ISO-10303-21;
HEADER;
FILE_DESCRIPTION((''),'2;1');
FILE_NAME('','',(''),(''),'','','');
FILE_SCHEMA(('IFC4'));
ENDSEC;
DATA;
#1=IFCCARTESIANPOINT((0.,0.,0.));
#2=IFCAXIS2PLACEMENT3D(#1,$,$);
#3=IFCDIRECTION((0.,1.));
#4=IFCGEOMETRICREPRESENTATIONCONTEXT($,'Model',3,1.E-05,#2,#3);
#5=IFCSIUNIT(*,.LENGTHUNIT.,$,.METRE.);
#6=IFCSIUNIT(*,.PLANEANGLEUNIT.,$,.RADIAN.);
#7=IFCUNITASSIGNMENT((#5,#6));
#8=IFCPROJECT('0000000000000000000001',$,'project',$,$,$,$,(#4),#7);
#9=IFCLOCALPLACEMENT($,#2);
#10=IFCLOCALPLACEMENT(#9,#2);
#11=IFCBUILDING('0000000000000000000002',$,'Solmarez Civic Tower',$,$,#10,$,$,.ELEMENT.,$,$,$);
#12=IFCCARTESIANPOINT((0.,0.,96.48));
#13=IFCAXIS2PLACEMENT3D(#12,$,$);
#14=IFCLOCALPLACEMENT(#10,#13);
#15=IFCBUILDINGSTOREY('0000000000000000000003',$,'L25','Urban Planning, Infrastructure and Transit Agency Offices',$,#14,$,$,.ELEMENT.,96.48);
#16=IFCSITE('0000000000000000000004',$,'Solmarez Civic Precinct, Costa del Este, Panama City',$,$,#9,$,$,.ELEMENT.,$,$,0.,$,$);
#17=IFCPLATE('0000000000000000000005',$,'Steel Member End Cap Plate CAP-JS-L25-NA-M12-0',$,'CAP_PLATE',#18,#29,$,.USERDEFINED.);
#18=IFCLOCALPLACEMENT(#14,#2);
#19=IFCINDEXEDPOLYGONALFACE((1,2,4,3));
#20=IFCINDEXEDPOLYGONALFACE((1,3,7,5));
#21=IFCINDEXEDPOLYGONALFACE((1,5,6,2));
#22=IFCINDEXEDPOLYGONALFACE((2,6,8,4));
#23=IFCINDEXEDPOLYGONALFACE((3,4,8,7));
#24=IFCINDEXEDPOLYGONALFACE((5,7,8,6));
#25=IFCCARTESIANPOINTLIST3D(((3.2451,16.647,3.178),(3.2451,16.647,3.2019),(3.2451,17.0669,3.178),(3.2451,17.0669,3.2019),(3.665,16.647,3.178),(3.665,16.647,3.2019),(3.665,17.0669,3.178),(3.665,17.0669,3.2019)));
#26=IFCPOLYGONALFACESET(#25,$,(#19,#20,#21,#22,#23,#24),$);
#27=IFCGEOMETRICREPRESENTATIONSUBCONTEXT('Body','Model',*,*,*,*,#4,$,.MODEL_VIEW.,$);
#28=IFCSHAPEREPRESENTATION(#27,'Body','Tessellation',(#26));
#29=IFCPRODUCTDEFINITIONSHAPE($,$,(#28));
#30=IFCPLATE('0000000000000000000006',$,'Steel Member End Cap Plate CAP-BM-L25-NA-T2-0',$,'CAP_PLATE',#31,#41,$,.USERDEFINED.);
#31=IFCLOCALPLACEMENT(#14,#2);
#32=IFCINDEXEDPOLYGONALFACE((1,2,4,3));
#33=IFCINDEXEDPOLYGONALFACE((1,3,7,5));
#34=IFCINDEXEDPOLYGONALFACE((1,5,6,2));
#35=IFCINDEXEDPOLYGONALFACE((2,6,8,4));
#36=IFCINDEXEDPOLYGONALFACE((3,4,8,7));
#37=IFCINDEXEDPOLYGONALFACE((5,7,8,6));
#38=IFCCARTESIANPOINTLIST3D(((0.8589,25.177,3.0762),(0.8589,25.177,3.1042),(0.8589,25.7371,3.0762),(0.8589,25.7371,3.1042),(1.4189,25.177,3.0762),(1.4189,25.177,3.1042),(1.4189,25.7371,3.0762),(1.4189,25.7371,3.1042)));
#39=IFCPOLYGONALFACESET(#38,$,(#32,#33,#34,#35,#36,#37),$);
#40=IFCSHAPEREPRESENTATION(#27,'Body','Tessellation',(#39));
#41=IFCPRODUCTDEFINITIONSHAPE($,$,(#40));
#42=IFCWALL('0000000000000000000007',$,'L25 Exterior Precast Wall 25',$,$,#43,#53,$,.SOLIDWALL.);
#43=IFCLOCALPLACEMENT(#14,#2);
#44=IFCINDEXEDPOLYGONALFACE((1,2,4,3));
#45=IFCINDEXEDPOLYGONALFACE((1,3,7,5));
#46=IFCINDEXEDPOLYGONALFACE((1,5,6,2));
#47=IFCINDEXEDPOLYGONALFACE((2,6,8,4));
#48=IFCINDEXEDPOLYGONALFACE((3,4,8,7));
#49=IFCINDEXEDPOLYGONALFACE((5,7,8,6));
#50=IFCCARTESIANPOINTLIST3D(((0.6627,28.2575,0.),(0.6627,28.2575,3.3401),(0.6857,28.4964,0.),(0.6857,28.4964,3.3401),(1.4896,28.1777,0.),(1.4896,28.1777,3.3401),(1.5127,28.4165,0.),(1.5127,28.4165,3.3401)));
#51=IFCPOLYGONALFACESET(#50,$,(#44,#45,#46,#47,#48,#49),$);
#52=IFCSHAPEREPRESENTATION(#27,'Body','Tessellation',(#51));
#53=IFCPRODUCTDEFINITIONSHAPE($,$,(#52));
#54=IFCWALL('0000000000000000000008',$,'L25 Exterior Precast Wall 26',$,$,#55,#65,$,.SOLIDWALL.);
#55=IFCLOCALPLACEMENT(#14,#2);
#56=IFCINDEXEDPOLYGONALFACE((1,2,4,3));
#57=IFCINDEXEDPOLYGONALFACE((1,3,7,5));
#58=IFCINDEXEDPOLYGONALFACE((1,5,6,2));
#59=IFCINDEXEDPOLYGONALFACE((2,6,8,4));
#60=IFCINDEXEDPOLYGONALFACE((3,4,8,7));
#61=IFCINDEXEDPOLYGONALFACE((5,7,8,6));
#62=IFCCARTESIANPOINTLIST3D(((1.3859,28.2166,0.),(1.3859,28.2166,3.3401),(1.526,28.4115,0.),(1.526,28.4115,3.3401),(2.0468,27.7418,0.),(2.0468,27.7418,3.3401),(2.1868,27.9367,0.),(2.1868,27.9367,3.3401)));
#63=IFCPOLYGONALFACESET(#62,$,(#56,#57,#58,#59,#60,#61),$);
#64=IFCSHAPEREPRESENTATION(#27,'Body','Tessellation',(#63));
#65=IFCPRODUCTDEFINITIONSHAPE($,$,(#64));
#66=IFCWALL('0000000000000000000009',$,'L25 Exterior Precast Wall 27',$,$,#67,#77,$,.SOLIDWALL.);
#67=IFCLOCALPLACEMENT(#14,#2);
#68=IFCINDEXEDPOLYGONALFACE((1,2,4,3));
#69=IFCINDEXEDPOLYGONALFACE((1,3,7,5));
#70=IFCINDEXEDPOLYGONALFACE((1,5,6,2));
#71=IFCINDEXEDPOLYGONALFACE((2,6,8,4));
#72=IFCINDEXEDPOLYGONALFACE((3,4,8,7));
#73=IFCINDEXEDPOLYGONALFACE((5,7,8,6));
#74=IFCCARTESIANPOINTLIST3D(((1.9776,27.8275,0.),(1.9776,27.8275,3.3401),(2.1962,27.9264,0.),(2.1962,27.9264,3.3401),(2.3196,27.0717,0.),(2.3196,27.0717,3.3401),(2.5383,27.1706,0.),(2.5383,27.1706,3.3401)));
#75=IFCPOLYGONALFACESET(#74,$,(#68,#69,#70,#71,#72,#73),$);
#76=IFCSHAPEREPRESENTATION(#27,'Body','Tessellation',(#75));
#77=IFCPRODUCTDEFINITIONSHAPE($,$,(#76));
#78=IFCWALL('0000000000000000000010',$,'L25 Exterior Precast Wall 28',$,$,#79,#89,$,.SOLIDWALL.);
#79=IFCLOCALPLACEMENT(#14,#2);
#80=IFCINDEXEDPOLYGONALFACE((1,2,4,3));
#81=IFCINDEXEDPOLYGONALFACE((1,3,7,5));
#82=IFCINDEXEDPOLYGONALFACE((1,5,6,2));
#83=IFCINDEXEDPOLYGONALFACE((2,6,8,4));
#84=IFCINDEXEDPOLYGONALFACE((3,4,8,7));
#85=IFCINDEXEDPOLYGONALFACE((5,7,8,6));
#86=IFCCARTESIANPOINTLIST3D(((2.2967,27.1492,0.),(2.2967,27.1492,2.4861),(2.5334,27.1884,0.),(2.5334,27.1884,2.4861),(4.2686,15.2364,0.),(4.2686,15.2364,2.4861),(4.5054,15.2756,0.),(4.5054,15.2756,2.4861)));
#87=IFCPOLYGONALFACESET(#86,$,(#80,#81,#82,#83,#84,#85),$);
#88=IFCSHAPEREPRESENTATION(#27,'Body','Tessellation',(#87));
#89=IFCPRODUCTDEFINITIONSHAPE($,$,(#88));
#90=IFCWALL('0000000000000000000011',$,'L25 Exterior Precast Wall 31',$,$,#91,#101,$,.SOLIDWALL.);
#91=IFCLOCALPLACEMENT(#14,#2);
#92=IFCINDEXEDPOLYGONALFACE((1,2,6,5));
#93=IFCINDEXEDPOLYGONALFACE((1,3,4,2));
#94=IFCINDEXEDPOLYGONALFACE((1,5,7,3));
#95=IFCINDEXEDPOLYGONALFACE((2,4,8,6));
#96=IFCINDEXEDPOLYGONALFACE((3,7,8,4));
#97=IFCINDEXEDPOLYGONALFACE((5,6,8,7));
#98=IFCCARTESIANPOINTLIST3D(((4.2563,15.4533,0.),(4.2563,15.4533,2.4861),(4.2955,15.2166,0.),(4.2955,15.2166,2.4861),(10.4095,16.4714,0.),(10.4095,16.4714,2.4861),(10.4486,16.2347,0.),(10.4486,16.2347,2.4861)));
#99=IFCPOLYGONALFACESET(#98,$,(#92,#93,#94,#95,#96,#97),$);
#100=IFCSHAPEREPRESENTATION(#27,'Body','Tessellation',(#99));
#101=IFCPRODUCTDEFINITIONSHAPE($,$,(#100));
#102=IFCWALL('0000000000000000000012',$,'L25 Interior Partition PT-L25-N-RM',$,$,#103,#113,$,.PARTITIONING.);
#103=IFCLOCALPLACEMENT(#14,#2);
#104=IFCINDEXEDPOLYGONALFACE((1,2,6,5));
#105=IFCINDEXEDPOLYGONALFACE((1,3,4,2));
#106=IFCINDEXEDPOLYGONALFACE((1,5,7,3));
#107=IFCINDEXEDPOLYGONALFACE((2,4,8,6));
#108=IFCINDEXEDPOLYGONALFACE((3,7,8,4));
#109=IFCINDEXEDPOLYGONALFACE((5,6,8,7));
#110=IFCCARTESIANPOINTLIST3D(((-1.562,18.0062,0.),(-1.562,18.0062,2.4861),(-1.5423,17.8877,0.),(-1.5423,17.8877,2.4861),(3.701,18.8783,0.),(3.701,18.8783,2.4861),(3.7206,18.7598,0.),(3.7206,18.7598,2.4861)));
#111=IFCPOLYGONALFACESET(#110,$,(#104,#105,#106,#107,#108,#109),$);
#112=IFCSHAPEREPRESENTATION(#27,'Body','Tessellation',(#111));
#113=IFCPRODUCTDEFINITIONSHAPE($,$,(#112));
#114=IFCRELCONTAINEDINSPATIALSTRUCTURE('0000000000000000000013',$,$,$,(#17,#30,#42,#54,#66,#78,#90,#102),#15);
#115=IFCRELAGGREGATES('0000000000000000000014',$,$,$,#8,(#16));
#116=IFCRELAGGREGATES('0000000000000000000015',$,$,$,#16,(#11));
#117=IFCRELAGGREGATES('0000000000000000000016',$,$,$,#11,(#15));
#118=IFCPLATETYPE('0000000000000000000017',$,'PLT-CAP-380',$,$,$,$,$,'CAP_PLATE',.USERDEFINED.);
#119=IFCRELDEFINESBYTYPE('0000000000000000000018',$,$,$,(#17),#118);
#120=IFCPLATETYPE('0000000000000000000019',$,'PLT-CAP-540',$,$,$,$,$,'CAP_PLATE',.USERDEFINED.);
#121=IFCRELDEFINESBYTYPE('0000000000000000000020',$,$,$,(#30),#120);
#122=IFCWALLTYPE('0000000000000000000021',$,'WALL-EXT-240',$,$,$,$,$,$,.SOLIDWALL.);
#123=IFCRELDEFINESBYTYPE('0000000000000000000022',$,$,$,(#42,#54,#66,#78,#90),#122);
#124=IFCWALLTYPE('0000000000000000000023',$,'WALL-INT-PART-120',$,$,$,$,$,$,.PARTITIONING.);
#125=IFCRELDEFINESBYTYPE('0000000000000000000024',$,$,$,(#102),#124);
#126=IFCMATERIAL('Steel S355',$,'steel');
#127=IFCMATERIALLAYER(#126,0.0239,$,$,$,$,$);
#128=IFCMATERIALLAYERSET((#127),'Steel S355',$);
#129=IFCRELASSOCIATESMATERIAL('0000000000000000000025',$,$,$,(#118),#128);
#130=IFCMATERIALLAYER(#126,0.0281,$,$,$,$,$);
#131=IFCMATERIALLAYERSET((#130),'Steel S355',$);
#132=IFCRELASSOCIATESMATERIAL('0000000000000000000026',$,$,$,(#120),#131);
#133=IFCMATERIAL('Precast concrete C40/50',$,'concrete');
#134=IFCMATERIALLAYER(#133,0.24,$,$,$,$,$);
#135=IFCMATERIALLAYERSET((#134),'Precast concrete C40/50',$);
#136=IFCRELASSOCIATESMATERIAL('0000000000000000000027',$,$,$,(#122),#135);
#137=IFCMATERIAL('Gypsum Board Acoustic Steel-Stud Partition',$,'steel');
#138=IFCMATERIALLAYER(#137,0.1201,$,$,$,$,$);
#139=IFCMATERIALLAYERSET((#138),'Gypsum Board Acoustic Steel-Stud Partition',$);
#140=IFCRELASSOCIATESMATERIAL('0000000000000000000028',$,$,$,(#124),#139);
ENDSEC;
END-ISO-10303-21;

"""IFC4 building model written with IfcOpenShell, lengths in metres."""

from ifc_helpers import new_model, si_unit, direction, frame, frame_2d, origin, origin_2d, place, context, subcontext, project, spatial, rectangle, extrude, material, layer, layer_set, type_object, element, save


model = new_model("IFC4")

# Units and contexts
model_context = context("Model", 3, precision=1e-05, world=origin(), true_north=direction((0.0, 1.0)))
body_context = subcontext(model_context, "Body", "Model", "MODEL_VIEW")
ifc_project = project(units=[si_unit("LENGTHUNIT", "METRE"), si_unit("PLANEANGLEUNIT", "RADIAN")], contexts=[model_context])

# Site, building, storey
site_placement = place(None, origin())
site = spatial("IfcSite", under=ifc_project, at=site_placement, Name="Solmarez Civic Precinct, Costa del Este, Panama City", CompositionType="ELEMENT", RefElevation=0.0)
building_placement = place(site_placement, origin())
building = spatial("IfcBuilding", under=site, at=building_placement, Name="Solmarez Civic Tower", CompositionType="ELEMENT")
storey_placement = place(building_placement, frame((0.0, 0.0, 96.48)))
storey = spatial("IfcBuildingStorey", under=building, at=storey_placement, Name="L25", Description="Urban Planning, Infrastructure and Transit Agency Offices", CompositionType="ELEMENT", Elevation=96.48)

# Shared definitions
ifc_material_1 = material(Name="Steel S355", Category="steel")

# Plates
ifc_layer_1 = layer(ifc_material_1, 0.0239)
ifc_layer_set_1 = layer_set([ifc_layer_1], Name="Steel S355")
plate_type_1 = type_object("IfcPlateType", Name="PLT-CAP-380", ElementType="CAP_PLATE", PredefinedType="USERDEFINED", material=ifc_layer_set_1)
for number, where, z_axis, x_axis, name in (
    (1, (3.4551, 16.8569, 3.178), (0.0, 0.0, 1.0), (1.0, 0.0, 0.0), "Steel Member End Cap Plate CAP-JS-L25-NA-M12-0"),
):
    element("IfcPlate", number, at=place(storey_placement, frame(where, z_axis=z_axis, x_axis=x_axis)), inside=storey, type_object=plate_type_1, Name=name, ObjectType="CAP_PLATE", PredefinedType="USERDEFINED", context=body_context, shape_type="SweptSolid", body=[
        extrude(rectangle(XDim=0.4199, YDim=0.4199, at=origin_2d()), origin(), (0.0, 0.0, 1.0), 0.0239),
    ])
ifc_layer_2 = layer(ifc_material_1, 0.0281)
ifc_layer_set_2 = layer_set([ifc_layer_2], Name="Steel S355")
plate_type_2 = type_object("IfcPlateType", Name="PLT-CAP-540", ElementType="CAP_PLATE", PredefinedType="USERDEFINED", material=ifc_layer_set_2)
plate_1_placement = place(storey_placement, frame((1.1389, 25.457, 3.0762), z_axis=(0.0, 0.0, 1.0), x_axis=(1.0, 0.0, 0.0)))
element("IfcPlate", 2, at=plate_1_placement, inside=storey, type_object=plate_type_2, Name="Steel Member End Cap Plate CAP-BM-L25-NA-T2-0", ObjectType="CAP_PLATE", PredefinedType="USERDEFINED", context=body_context, shape_type="SweptSolid", body=[
    extrude(rectangle(XDim=0.5601, YDim=0.5601, at=origin_2d()), origin(), (0.0, 0.0, 1.0), 0.0281),
])

# Walls
ifc_material_2 = material(Name="Precast concrete C40/50", Category="concrete")
ifc_layer_3 = layer(ifc_material_2, 0.24)
ifc_layer_set_3 = layer_set([ifc_layer_3], Name="Precast concrete C40/50")
wall_type_1 = type_object("IfcWallType", Name="WALL-EXT-240", PredefinedType="SOLIDWALL", material=ifc_layer_set_3)
wall_1_placement = place(storey_placement, frame((0.6741, 28.377, 0.0), z_axis=(0.0, 0.0, 1.0), x_axis=(0.995372, -0.096099, 0.0)))
element("IfcWall", 3, at=wall_1_placement, inside=storey, type_object=wall_type_1, Name="L25 Exterior Precast Wall 25", PredefinedType="SOLIDWALL", context=body_context, shape_type="SweptSolid", body=[
    extrude(rectangle(XDim=0.8308, YDim=0.24, at=frame_2d((0.4155, 0.0))), origin(), (0.0, 0.0, 1.0), 3.3401),
])
wall_2_placement = place(storey_placement, frame((1.4561, 28.314, 0.0), z_axis=(0.0, 0.0, 1.0), x_axis=(0.812109, -0.583506, 0.0)))
element("IfcWall", 4, at=wall_2_placement, inside=storey, type_object=wall_type_1, Name="L25 Exterior Precast Wall 26", PredefinedType="SOLIDWALL", context=body_context, shape_type="SweptSolid", body=[
    extrude(rectangle(XDim=0.8137, YDim=0.24, at=frame_2d((0.4067, 0.0))), origin(), (0.0, 0.0, 1.0), 3.3401),
])
wall_3_placement = place(storey_placement, frame((2.0869, 27.877, 0.0), z_axis=(0.0, 0.0, 1.0), x_axis=(0.412273, -0.911061, 0.0)))
element("IfcWall", 5, at=wall_3_placement, inside=storey, type_object=wall_type_1, Name="L25 Exterior Precast Wall 27", PredefinedType="SOLIDWALL", context=body_context, shape_type="SweptSolid", body=[
    extrude(rectangle(XDim=0.8296, YDim=0.24, at=frame_2d((0.4148, 0.0))), origin(), (0.0, 0.0, 1.0), 3.3401),
])
wall_4_placement = place(storey_placement, frame((2.415, 27.1689, 0.0), z_axis=(0.0, 0.0, 1.0), x_axis=(0.163307, -0.986575, 0.0)))
element("IfcWall", 6, at=wall_4_placement, inside=storey, type_object=wall_type_1, Name="L25 Exterior Precast Wall 28", PredefinedType="SOLIDWALL", context=body_context, shape_type="SweptSolid", body=[
    extrude(rectangle(XDim=12.075, YDim=0.24, at=frame_2d((6.0376, 0.0))), origin(), (0.0, 0.0, 1.0), 2.4861),
])
wall_5_placement = place(storey_placement, frame((4.2759, 15.335, 0.0), z_axis=(0.0, 0.0, 1.0), x_axis=(0.986587, 0.163237, 0.0)))
element("IfcWall", 7, at=wall_5_placement, inside=storey, type_object=wall_type_1, Name="L25 Exterior Precast Wall 31", PredefinedType="SOLIDWALL", context=body_context, shape_type="SweptSolid", body=[
    extrude(rectangle(XDim=6.2368, YDim=0.24, at=frame_2d((3.1184, 0.0))), origin(), (0.0, 0.0, 1.0), 2.4861),
])
ifc_material_3 = material(Name="Gypsum Board Acoustic Steel-Stud Partition", Category="steel")
ifc_layer_4 = layer(ifc_material_3, 0.1201)
ifc_layer_set_4 = layer_set([ifc_layer_4], Name="Gypsum Board Acoustic Steel-Stud Partition")
wall_type_2 = type_object("IfcWallType", Name="WALL-INT-PART-120", PredefinedType="PARTITIONING", material=ifc_layer_set_4)
wall_6_placement = place(storey_placement, frame((3.7109, 18.8191, 0.0), z_axis=(0.0, 0.0, 1.0), x_axis=(-0.986548, -0.163471, 0.0)))
element("IfcWall", 8, at=wall_6_placement, inside=storey, type_object=wall_type_2, Name="L25 Interior Partition PT-L25-N-RM", PredefinedType="PARTITIONING", context=body_context, shape_type="SweptSolid", body=[
    extrude(rectangle(XDim=5.3347, YDim=0.1201, at=frame_2d((2.6675, 0.0))), origin(), (0.0, 0.0, 1.0), 2.4861),
])

save(model, "model.ifc")
